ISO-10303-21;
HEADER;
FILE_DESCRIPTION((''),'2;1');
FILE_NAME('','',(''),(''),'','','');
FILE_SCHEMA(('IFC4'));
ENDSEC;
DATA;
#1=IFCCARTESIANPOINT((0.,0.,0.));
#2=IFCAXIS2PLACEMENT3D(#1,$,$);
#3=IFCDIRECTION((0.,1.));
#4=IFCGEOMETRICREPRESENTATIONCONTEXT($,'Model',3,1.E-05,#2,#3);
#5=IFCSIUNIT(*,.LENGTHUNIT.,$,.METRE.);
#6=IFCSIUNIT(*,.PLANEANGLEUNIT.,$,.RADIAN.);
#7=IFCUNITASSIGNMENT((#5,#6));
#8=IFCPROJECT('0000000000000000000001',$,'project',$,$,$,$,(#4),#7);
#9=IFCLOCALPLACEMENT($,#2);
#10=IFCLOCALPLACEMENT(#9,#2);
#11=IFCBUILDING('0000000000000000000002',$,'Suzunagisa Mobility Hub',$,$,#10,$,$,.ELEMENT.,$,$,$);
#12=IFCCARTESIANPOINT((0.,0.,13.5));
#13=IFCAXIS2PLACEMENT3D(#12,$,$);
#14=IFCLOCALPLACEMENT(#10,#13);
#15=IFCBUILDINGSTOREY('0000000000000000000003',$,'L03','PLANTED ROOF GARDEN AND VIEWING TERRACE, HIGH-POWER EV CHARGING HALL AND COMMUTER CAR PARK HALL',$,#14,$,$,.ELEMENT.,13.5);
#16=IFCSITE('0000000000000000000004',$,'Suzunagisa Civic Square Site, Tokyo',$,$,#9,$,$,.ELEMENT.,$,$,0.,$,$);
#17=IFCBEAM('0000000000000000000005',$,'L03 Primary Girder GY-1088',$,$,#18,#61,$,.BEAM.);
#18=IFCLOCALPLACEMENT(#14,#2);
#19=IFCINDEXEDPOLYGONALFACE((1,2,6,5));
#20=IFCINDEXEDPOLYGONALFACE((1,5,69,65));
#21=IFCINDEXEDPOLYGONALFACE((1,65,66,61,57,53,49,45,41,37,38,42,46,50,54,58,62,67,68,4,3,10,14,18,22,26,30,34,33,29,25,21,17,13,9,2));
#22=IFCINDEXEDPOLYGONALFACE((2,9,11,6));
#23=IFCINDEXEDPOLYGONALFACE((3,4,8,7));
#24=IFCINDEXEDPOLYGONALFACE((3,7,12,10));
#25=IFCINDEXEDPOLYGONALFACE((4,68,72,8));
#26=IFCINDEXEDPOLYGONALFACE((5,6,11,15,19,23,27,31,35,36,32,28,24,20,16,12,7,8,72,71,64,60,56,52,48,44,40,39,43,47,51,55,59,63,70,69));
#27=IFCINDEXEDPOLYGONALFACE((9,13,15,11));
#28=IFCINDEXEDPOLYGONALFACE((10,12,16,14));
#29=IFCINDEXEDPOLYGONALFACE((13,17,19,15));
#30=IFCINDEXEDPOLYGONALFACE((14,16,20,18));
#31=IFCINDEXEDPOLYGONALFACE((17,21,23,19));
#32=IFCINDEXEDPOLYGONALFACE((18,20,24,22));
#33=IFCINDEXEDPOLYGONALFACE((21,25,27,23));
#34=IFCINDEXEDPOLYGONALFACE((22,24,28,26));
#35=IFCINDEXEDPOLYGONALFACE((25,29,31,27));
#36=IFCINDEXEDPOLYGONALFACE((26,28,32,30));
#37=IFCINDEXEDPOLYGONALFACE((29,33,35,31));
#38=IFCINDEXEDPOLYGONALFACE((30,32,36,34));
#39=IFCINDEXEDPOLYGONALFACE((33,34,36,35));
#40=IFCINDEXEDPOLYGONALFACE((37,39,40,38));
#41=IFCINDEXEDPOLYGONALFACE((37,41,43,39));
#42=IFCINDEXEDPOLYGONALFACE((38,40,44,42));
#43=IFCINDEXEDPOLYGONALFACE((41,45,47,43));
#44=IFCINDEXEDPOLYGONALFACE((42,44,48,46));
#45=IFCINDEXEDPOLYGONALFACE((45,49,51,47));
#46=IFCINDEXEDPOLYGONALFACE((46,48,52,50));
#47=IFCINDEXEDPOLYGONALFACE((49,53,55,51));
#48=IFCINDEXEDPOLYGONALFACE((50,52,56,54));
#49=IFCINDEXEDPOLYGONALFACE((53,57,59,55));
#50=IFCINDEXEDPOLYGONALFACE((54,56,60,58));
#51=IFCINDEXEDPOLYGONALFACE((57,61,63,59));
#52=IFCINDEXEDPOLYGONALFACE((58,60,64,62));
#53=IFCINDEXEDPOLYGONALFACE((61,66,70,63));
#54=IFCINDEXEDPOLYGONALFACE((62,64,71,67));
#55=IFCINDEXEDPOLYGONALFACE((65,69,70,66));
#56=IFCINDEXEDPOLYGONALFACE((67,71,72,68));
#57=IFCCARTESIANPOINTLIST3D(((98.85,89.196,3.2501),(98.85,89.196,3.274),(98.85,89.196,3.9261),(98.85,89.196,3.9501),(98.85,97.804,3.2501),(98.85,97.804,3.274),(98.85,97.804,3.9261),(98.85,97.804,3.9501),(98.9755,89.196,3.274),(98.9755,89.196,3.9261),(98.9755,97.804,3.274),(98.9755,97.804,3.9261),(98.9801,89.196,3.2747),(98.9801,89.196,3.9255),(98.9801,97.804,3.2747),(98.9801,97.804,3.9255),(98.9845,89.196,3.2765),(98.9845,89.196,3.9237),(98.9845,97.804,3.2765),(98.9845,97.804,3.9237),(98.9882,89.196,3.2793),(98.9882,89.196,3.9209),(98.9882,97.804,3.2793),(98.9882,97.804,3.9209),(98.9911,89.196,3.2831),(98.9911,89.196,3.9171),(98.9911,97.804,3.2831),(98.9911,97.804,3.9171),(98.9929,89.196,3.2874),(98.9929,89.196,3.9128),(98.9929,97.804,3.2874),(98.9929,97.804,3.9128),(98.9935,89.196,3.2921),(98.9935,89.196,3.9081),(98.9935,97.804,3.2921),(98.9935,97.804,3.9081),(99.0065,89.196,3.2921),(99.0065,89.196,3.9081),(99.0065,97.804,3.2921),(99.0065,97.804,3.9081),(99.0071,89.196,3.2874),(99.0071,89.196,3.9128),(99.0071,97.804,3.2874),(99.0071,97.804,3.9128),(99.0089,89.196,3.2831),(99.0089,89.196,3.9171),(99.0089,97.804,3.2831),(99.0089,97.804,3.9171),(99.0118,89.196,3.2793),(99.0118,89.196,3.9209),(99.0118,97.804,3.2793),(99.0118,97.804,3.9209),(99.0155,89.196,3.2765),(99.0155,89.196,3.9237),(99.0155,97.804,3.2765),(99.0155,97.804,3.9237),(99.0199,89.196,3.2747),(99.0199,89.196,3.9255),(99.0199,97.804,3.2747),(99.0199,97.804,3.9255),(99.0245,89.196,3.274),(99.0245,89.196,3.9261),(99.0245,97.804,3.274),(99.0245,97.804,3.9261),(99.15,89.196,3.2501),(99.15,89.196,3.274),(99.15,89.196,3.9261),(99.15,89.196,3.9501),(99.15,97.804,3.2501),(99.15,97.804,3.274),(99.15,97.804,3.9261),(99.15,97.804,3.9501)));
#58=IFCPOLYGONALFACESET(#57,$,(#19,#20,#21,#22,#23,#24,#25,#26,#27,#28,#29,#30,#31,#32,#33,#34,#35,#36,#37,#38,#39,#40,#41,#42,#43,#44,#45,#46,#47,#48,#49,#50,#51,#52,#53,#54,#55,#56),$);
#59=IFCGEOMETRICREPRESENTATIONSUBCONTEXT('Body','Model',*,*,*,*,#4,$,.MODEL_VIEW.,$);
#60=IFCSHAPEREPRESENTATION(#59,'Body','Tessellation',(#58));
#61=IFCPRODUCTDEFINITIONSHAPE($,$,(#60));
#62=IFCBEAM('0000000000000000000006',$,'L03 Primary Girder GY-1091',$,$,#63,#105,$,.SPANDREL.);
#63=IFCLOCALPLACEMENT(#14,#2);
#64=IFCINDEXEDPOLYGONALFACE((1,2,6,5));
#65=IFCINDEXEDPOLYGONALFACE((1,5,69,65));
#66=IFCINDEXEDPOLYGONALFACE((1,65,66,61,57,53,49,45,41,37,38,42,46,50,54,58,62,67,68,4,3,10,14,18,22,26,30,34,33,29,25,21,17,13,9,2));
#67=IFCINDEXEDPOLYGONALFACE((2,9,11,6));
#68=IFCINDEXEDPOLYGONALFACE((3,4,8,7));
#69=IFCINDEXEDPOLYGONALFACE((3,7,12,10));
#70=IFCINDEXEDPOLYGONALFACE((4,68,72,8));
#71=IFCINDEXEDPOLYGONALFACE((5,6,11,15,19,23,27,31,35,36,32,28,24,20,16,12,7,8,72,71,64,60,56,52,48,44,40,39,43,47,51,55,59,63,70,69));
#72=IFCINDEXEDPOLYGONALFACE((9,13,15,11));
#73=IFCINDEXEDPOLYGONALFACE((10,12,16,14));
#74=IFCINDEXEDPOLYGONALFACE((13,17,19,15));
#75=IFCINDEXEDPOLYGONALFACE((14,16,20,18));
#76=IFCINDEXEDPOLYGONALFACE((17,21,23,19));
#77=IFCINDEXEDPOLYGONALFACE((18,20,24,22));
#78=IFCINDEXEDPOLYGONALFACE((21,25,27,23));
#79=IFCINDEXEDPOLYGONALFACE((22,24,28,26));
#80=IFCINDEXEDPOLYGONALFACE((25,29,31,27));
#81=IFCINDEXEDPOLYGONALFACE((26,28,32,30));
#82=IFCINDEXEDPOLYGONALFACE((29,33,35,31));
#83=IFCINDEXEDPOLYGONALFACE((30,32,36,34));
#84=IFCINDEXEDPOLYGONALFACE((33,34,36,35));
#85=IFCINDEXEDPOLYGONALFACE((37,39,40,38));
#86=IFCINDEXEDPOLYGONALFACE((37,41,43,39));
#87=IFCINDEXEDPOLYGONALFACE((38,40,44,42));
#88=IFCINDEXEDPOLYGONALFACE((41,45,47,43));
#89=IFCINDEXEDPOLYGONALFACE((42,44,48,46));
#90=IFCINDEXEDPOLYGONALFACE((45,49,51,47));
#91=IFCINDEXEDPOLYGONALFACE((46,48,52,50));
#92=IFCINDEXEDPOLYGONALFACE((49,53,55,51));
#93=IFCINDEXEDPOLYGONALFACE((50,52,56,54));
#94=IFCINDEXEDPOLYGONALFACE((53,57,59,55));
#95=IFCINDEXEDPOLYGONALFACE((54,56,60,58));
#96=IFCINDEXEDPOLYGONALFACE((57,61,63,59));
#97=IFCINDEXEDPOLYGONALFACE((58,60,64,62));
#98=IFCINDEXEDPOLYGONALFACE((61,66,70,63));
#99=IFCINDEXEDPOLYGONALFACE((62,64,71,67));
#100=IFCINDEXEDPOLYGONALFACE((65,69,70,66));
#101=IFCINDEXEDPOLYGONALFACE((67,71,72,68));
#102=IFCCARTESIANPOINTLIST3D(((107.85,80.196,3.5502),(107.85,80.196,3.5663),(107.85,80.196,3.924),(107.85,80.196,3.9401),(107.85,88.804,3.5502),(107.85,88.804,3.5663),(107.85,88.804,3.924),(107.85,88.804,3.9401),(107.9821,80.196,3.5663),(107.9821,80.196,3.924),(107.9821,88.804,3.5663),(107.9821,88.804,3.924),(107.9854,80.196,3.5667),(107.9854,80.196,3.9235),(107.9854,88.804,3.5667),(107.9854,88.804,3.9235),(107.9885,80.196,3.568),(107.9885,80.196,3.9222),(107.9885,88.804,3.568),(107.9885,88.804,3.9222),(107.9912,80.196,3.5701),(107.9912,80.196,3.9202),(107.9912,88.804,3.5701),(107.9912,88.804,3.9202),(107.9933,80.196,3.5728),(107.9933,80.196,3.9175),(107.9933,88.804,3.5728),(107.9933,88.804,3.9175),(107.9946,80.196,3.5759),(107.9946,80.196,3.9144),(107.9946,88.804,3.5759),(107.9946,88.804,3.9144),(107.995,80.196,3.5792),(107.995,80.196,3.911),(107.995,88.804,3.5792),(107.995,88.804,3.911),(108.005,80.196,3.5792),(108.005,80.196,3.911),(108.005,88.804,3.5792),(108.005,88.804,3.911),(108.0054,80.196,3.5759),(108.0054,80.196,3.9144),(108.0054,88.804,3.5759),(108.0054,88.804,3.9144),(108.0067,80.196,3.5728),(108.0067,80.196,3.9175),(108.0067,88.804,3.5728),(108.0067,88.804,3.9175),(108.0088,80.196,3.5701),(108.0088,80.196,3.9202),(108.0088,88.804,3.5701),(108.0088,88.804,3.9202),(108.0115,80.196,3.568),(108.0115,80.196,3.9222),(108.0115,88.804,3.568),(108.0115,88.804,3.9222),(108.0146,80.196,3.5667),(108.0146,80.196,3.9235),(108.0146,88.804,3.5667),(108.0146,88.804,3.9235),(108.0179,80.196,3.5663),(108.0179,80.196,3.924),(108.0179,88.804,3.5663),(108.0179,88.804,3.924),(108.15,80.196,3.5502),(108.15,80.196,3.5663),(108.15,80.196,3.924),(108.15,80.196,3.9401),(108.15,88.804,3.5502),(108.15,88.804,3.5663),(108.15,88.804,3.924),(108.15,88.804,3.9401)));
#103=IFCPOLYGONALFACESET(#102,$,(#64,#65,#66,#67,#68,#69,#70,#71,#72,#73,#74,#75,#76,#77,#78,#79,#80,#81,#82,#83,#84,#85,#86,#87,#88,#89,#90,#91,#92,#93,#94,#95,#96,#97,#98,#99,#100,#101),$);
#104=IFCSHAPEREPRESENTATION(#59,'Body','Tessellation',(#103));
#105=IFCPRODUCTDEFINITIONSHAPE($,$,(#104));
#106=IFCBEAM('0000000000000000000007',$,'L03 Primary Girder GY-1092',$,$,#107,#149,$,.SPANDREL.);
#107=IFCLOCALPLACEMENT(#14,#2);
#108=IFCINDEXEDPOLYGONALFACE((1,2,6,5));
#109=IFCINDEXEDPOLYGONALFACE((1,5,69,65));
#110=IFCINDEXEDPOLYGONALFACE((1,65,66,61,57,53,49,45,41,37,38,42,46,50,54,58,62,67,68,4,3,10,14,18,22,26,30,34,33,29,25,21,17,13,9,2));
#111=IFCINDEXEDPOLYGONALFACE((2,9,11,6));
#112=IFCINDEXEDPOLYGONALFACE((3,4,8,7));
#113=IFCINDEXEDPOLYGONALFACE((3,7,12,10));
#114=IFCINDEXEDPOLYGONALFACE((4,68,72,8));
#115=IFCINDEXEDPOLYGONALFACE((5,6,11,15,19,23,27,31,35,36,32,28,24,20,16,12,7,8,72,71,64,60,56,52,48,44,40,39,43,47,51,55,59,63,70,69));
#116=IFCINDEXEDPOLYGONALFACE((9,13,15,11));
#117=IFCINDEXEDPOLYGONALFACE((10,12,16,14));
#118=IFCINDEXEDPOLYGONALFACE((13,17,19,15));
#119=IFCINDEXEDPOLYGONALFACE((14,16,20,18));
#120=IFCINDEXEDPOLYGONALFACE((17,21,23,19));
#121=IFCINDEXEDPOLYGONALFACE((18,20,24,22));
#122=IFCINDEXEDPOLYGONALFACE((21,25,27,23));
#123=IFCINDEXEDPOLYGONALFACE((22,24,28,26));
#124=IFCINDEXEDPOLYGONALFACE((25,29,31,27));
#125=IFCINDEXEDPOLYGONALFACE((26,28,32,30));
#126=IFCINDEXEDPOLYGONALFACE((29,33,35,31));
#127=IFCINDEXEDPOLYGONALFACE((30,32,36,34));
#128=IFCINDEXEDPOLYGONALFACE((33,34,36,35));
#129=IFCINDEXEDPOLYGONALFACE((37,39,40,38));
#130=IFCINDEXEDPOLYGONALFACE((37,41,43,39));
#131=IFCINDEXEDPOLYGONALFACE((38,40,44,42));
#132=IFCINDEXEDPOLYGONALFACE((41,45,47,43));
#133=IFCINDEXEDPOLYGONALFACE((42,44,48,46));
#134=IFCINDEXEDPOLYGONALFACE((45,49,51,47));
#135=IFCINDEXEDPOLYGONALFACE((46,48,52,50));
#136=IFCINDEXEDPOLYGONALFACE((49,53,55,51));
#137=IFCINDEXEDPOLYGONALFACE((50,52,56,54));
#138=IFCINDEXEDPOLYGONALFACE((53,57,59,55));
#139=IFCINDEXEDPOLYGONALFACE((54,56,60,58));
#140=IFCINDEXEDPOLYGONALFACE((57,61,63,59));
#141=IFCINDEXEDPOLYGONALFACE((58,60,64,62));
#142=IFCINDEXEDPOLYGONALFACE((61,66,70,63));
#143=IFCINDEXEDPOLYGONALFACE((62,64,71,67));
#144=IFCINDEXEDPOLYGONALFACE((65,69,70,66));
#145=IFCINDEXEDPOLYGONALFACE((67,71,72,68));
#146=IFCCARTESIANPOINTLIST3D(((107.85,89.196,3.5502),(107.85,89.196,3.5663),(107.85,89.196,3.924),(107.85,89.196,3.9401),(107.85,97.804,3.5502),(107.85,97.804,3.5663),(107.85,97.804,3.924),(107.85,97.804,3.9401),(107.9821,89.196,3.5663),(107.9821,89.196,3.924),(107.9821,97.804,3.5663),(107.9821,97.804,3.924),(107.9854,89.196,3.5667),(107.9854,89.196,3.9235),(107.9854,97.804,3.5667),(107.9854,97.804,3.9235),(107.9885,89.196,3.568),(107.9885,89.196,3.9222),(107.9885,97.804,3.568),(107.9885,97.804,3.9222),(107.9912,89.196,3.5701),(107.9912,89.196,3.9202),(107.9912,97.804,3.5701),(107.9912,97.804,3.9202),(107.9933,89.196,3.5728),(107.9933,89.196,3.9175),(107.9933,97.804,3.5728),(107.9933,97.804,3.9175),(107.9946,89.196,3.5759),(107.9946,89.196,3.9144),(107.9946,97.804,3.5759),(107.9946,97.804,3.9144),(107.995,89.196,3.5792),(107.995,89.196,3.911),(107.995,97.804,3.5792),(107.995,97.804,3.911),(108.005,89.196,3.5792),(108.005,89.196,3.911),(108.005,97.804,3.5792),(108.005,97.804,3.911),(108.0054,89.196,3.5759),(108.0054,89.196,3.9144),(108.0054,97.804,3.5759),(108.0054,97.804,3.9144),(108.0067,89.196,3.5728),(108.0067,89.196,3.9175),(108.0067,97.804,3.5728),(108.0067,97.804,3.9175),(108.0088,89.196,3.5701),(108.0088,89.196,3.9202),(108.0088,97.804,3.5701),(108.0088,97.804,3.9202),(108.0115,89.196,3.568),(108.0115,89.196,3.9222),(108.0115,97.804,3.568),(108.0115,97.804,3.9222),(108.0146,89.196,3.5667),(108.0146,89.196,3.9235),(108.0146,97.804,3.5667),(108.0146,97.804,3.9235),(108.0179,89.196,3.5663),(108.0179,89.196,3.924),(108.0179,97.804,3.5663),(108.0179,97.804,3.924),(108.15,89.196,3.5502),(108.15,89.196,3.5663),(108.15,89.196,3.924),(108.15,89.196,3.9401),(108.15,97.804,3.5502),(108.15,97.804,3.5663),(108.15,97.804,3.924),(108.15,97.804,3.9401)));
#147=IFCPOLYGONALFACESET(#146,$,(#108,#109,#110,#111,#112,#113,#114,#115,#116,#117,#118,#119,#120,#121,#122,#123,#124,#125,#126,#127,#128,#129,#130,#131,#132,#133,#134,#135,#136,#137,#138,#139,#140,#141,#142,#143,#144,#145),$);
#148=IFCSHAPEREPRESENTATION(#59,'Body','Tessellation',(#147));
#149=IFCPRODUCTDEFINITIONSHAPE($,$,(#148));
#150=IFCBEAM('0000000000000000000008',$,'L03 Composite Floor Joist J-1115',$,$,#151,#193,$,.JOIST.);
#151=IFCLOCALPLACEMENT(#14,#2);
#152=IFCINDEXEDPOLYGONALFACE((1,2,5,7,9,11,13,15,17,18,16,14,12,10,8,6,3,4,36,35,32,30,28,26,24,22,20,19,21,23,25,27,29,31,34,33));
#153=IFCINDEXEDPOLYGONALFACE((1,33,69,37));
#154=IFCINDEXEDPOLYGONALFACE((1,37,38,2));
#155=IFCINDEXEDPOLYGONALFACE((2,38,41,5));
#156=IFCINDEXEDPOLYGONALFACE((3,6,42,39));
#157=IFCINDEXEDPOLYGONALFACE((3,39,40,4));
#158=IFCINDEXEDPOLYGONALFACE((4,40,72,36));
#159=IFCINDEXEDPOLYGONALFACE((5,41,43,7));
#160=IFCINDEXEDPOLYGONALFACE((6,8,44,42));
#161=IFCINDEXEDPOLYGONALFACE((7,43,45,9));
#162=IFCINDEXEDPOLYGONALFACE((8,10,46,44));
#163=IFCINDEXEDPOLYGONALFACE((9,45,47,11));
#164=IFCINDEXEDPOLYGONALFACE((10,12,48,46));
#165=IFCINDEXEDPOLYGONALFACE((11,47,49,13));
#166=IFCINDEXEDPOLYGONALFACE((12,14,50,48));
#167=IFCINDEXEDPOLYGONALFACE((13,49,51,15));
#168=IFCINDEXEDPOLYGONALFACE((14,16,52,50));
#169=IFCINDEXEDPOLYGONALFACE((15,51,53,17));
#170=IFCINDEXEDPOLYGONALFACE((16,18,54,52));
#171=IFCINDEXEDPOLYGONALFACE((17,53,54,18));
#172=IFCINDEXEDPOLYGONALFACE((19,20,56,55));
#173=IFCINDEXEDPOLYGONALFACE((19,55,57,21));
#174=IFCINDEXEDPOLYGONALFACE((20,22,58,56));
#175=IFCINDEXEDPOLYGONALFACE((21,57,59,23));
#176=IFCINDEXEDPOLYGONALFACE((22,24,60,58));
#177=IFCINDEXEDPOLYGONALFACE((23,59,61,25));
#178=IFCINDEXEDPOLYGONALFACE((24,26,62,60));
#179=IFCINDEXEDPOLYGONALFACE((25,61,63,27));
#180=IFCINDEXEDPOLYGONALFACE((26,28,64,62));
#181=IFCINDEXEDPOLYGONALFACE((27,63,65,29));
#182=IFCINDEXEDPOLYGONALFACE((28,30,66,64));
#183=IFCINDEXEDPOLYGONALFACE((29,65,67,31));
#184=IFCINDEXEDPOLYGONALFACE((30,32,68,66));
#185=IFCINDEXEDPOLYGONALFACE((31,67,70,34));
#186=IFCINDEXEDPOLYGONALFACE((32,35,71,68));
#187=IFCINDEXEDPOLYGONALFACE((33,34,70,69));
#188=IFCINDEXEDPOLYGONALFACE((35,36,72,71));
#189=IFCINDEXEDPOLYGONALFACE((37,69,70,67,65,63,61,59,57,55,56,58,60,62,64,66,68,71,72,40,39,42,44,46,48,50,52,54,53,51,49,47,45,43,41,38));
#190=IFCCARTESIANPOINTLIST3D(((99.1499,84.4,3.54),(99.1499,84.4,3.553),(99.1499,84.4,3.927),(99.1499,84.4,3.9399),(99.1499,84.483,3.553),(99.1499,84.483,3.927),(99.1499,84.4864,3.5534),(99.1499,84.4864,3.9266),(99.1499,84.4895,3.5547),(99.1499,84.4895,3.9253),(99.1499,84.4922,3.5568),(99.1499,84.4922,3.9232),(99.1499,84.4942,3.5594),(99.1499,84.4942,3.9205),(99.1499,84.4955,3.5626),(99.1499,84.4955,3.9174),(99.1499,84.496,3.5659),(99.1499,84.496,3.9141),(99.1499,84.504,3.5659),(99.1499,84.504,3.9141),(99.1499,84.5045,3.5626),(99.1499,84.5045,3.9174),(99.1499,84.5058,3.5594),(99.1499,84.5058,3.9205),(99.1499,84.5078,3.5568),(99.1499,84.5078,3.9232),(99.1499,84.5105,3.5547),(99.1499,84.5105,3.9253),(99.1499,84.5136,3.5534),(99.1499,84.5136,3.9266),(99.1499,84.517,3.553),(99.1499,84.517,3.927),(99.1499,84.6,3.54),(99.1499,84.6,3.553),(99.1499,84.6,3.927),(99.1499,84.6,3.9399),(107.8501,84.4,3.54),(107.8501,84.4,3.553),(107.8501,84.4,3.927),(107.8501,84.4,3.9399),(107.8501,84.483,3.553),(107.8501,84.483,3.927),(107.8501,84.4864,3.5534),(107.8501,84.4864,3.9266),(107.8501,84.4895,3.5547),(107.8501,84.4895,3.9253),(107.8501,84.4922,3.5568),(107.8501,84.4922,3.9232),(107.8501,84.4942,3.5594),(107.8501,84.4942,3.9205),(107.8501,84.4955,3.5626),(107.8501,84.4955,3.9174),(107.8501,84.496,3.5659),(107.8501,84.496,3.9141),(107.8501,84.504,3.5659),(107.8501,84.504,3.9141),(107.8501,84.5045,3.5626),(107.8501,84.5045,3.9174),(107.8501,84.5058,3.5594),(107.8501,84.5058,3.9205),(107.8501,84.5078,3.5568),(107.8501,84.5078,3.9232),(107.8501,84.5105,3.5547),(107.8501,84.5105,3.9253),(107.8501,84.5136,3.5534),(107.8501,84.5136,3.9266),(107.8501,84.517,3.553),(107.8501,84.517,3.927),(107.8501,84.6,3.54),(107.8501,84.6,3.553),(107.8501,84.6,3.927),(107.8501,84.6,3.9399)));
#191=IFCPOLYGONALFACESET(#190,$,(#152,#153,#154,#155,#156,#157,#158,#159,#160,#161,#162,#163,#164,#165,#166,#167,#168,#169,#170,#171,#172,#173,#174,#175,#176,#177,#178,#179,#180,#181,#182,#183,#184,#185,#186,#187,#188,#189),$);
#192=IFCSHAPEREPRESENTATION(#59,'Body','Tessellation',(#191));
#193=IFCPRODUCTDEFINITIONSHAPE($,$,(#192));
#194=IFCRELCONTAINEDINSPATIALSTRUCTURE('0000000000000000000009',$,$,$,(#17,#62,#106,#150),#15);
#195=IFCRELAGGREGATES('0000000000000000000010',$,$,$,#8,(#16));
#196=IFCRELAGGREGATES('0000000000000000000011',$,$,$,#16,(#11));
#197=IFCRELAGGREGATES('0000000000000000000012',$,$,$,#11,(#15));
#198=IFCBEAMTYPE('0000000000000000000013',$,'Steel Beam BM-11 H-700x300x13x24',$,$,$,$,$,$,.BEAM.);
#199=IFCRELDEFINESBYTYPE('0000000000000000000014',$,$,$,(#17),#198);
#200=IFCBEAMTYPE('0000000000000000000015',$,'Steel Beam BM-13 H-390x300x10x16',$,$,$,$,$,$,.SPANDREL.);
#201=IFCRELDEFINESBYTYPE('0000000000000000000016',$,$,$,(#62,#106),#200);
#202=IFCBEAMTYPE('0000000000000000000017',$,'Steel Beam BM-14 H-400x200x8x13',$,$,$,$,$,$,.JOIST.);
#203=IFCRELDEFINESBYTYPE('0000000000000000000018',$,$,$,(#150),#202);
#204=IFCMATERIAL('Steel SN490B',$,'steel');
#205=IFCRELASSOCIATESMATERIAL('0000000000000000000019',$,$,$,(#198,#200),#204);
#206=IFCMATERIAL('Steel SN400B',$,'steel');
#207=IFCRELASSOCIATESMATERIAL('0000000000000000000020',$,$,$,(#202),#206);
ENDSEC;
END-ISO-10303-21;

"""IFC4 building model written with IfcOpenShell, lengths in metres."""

from ifc_helpers import new_model, si_unit, direction, frame, origin, origin_2d, place, context, subcontext, project, spatial, i_section, extrude, material, material_profile, profile_set, type_object, element, save


model = new_model("IFC4")

# Units and contexts
model_context = context("Model", 3, precision=1e-05, world=origin(), true_north=direction((0.0, 1.0)))
body_context = subcontext(model_context, "Body", "Model", "MODEL_VIEW")
ifc_project = project(units=[si_unit("LENGTHUNIT", "METRE"), si_unit("PLANEANGLEUNIT", "RADIAN")], contexts=[model_context])

# Site, building, storey
site_placement = place(None, origin())
site = spatial("IfcSite", under=ifc_project, at=site_placement, Name="Suzunagisa Civic Square Site, Tokyo", CompositionType="ELEMENT", RefElevation=0.0)
building_placement = place(site_placement, origin())
building = spatial("IfcBuilding", under=site, at=building_placement, Name="Suzunagisa Mobility Hub", CompositionType="ELEMENT")
storey_placement = place(building_placement, frame((0.0, 0.0, 13.5)))
storey = spatial("IfcBuildingStorey", under=building, at=storey_placement, Name="L03", Description="PLANTED ROOF GARDEN AND VIEWING TERRACE, HIGH-POWER EV CHARGING HALL AND COMMUTER CAR PARK HALL", CompositionType="ELEMENT", Elevation=13.5)

# Shared definitions
ifc_material_1 = material(Name="Steel SN490B", Category="steel")

# Beams
ifc_material_profile_1 = material_profile(ifc_material_1, i_section(OverallWidth=0.3, OverallDepth=0.7, WebThickness=0.0129, FlangeThickness=0.0239, FilletRadius=0.0181, at=origin_2d()), Name="H-700x300x13x24")
ifc_profile_set_1 = profile_set([ifc_material_profile_1], Name="Steel SN490B")
beam_type_1 = type_object("IfcBeamType", Name="Steel Beam BM-11 H-700x300x13x24", PredefinedType="BEAM", material=ifc_profile_set_1)
for number, where, z_axis, x_axis, name in (
    (1, (99.0, 89.196, 3.6001), (0.0, 1.0, 0.0), (-1.0, 0.0, 0.0), "L03 Primary Girder GY-1088"),
):
    element("IfcBeam", number, at=place(storey_placement, frame(where, z_axis=z_axis, x_axis=x_axis)), inside=storey, type_object=beam_type_1, Name=name, PredefinedType="BEAM", context=body_context, shape_type="SweptSolid", body=[
        extrude(i_section(OverallWidth=0.3, OverallDepth=0.7, WebThickness=0.0129, FlangeThickness=0.0239, FilletRadius=0.0181, at=origin_2d()), origin(), (0.0, 0.0, 1.0), 8.6079),
    ])
ifc_material_profile_2 = material_profile(ifc_material_1, i_section(OverallWidth=0.3, OverallDepth=0.3899, WebThickness=0.01, FlangeThickness=0.0161, FilletRadius=0.0129, at=origin_2d()), Name="H-390x300x10x16")
ifc_profile_set_2 = profile_set([ifc_material_profile_2], Name="Steel SN490B")
beam_type_2 = type_object("IfcBeamType", Name="Steel Beam BM-13 H-390x300x10x16", PredefinedType="SPANDREL", material=ifc_profile_set_2)
for number, where, z_axis, x_axis, name in (
    (2, (108.0, 80.196, 3.7451), (0.0, 1.0, 0.0), (-1.0, 0.0, 0.0), "L03 Primary Girder GY-1091"),
    (3, (108.0, 89.196, 3.7451), (0.0, 1.0, 0.0), (-1.0, 0.0, 0.0), "L03 Primary Girder GY-1092"),
):
    element("IfcBeam", number, at=place(storey_placement, frame(where, z_axis=z_axis, x_axis=x_axis)), inside=storey, type_object=beam_type_2, Name=name, PredefinedType="SPANDREL", context=body_context, shape_type="SweptSolid", body=[
        extrude(i_section(OverallWidth=0.3, OverallDepth=0.3899, WebThickness=0.01, FlangeThickness=0.0161, FilletRadius=0.0129, at=origin_2d()), origin(), (0.0, 0.0, 1.0), 8.6079),
    ])
ifc_material_2 = material(Name="Steel SN400B", Category="steel")
ifc_material_profile_3 = material_profile(ifc_material_2, i_section(OverallWidth=0.2, OverallDepth=0.3999, WebThickness=0.0081, FlangeThickness=0.0129, FilletRadius=0.0129, at=origin_2d()), Name="H-400x200x8x13")
ifc_profile_set_3 = profile_set([ifc_material_profile_3], Name="Steel SN400B")
beam_type_3 = type_object("IfcBeamType", Name="Steel Beam BM-14 H-400x200x8x13", PredefinedType="JOIST", material=ifc_profile_set_3)
for number, where, z_axis, x_axis, name in (
    (4, (99.1499, 84.5, 3.74), (1.0, 0.0, 0.0), (0.0, 1.0, 0.0), "L03 Composite Floor Joist J-1115"),
):
    element("IfcBeam", number, at=place(storey_placement, frame(where, z_axis=z_axis, x_axis=x_axis)), inside=storey, type_object=beam_type_3, Name=name, PredefinedType="JOIST", context=body_context, shape_type="SweptSolid", body=[
        extrude(i_section(OverallWidth=0.2, OverallDepth=0.3999, WebThickness=0.0081, FlangeThickness=0.0129, FilletRadius=0.0129, at=origin_2d()), origin(), (0.0, 0.0, 1.0), 8.7002),
    ])

save(model, "model.ifc")
